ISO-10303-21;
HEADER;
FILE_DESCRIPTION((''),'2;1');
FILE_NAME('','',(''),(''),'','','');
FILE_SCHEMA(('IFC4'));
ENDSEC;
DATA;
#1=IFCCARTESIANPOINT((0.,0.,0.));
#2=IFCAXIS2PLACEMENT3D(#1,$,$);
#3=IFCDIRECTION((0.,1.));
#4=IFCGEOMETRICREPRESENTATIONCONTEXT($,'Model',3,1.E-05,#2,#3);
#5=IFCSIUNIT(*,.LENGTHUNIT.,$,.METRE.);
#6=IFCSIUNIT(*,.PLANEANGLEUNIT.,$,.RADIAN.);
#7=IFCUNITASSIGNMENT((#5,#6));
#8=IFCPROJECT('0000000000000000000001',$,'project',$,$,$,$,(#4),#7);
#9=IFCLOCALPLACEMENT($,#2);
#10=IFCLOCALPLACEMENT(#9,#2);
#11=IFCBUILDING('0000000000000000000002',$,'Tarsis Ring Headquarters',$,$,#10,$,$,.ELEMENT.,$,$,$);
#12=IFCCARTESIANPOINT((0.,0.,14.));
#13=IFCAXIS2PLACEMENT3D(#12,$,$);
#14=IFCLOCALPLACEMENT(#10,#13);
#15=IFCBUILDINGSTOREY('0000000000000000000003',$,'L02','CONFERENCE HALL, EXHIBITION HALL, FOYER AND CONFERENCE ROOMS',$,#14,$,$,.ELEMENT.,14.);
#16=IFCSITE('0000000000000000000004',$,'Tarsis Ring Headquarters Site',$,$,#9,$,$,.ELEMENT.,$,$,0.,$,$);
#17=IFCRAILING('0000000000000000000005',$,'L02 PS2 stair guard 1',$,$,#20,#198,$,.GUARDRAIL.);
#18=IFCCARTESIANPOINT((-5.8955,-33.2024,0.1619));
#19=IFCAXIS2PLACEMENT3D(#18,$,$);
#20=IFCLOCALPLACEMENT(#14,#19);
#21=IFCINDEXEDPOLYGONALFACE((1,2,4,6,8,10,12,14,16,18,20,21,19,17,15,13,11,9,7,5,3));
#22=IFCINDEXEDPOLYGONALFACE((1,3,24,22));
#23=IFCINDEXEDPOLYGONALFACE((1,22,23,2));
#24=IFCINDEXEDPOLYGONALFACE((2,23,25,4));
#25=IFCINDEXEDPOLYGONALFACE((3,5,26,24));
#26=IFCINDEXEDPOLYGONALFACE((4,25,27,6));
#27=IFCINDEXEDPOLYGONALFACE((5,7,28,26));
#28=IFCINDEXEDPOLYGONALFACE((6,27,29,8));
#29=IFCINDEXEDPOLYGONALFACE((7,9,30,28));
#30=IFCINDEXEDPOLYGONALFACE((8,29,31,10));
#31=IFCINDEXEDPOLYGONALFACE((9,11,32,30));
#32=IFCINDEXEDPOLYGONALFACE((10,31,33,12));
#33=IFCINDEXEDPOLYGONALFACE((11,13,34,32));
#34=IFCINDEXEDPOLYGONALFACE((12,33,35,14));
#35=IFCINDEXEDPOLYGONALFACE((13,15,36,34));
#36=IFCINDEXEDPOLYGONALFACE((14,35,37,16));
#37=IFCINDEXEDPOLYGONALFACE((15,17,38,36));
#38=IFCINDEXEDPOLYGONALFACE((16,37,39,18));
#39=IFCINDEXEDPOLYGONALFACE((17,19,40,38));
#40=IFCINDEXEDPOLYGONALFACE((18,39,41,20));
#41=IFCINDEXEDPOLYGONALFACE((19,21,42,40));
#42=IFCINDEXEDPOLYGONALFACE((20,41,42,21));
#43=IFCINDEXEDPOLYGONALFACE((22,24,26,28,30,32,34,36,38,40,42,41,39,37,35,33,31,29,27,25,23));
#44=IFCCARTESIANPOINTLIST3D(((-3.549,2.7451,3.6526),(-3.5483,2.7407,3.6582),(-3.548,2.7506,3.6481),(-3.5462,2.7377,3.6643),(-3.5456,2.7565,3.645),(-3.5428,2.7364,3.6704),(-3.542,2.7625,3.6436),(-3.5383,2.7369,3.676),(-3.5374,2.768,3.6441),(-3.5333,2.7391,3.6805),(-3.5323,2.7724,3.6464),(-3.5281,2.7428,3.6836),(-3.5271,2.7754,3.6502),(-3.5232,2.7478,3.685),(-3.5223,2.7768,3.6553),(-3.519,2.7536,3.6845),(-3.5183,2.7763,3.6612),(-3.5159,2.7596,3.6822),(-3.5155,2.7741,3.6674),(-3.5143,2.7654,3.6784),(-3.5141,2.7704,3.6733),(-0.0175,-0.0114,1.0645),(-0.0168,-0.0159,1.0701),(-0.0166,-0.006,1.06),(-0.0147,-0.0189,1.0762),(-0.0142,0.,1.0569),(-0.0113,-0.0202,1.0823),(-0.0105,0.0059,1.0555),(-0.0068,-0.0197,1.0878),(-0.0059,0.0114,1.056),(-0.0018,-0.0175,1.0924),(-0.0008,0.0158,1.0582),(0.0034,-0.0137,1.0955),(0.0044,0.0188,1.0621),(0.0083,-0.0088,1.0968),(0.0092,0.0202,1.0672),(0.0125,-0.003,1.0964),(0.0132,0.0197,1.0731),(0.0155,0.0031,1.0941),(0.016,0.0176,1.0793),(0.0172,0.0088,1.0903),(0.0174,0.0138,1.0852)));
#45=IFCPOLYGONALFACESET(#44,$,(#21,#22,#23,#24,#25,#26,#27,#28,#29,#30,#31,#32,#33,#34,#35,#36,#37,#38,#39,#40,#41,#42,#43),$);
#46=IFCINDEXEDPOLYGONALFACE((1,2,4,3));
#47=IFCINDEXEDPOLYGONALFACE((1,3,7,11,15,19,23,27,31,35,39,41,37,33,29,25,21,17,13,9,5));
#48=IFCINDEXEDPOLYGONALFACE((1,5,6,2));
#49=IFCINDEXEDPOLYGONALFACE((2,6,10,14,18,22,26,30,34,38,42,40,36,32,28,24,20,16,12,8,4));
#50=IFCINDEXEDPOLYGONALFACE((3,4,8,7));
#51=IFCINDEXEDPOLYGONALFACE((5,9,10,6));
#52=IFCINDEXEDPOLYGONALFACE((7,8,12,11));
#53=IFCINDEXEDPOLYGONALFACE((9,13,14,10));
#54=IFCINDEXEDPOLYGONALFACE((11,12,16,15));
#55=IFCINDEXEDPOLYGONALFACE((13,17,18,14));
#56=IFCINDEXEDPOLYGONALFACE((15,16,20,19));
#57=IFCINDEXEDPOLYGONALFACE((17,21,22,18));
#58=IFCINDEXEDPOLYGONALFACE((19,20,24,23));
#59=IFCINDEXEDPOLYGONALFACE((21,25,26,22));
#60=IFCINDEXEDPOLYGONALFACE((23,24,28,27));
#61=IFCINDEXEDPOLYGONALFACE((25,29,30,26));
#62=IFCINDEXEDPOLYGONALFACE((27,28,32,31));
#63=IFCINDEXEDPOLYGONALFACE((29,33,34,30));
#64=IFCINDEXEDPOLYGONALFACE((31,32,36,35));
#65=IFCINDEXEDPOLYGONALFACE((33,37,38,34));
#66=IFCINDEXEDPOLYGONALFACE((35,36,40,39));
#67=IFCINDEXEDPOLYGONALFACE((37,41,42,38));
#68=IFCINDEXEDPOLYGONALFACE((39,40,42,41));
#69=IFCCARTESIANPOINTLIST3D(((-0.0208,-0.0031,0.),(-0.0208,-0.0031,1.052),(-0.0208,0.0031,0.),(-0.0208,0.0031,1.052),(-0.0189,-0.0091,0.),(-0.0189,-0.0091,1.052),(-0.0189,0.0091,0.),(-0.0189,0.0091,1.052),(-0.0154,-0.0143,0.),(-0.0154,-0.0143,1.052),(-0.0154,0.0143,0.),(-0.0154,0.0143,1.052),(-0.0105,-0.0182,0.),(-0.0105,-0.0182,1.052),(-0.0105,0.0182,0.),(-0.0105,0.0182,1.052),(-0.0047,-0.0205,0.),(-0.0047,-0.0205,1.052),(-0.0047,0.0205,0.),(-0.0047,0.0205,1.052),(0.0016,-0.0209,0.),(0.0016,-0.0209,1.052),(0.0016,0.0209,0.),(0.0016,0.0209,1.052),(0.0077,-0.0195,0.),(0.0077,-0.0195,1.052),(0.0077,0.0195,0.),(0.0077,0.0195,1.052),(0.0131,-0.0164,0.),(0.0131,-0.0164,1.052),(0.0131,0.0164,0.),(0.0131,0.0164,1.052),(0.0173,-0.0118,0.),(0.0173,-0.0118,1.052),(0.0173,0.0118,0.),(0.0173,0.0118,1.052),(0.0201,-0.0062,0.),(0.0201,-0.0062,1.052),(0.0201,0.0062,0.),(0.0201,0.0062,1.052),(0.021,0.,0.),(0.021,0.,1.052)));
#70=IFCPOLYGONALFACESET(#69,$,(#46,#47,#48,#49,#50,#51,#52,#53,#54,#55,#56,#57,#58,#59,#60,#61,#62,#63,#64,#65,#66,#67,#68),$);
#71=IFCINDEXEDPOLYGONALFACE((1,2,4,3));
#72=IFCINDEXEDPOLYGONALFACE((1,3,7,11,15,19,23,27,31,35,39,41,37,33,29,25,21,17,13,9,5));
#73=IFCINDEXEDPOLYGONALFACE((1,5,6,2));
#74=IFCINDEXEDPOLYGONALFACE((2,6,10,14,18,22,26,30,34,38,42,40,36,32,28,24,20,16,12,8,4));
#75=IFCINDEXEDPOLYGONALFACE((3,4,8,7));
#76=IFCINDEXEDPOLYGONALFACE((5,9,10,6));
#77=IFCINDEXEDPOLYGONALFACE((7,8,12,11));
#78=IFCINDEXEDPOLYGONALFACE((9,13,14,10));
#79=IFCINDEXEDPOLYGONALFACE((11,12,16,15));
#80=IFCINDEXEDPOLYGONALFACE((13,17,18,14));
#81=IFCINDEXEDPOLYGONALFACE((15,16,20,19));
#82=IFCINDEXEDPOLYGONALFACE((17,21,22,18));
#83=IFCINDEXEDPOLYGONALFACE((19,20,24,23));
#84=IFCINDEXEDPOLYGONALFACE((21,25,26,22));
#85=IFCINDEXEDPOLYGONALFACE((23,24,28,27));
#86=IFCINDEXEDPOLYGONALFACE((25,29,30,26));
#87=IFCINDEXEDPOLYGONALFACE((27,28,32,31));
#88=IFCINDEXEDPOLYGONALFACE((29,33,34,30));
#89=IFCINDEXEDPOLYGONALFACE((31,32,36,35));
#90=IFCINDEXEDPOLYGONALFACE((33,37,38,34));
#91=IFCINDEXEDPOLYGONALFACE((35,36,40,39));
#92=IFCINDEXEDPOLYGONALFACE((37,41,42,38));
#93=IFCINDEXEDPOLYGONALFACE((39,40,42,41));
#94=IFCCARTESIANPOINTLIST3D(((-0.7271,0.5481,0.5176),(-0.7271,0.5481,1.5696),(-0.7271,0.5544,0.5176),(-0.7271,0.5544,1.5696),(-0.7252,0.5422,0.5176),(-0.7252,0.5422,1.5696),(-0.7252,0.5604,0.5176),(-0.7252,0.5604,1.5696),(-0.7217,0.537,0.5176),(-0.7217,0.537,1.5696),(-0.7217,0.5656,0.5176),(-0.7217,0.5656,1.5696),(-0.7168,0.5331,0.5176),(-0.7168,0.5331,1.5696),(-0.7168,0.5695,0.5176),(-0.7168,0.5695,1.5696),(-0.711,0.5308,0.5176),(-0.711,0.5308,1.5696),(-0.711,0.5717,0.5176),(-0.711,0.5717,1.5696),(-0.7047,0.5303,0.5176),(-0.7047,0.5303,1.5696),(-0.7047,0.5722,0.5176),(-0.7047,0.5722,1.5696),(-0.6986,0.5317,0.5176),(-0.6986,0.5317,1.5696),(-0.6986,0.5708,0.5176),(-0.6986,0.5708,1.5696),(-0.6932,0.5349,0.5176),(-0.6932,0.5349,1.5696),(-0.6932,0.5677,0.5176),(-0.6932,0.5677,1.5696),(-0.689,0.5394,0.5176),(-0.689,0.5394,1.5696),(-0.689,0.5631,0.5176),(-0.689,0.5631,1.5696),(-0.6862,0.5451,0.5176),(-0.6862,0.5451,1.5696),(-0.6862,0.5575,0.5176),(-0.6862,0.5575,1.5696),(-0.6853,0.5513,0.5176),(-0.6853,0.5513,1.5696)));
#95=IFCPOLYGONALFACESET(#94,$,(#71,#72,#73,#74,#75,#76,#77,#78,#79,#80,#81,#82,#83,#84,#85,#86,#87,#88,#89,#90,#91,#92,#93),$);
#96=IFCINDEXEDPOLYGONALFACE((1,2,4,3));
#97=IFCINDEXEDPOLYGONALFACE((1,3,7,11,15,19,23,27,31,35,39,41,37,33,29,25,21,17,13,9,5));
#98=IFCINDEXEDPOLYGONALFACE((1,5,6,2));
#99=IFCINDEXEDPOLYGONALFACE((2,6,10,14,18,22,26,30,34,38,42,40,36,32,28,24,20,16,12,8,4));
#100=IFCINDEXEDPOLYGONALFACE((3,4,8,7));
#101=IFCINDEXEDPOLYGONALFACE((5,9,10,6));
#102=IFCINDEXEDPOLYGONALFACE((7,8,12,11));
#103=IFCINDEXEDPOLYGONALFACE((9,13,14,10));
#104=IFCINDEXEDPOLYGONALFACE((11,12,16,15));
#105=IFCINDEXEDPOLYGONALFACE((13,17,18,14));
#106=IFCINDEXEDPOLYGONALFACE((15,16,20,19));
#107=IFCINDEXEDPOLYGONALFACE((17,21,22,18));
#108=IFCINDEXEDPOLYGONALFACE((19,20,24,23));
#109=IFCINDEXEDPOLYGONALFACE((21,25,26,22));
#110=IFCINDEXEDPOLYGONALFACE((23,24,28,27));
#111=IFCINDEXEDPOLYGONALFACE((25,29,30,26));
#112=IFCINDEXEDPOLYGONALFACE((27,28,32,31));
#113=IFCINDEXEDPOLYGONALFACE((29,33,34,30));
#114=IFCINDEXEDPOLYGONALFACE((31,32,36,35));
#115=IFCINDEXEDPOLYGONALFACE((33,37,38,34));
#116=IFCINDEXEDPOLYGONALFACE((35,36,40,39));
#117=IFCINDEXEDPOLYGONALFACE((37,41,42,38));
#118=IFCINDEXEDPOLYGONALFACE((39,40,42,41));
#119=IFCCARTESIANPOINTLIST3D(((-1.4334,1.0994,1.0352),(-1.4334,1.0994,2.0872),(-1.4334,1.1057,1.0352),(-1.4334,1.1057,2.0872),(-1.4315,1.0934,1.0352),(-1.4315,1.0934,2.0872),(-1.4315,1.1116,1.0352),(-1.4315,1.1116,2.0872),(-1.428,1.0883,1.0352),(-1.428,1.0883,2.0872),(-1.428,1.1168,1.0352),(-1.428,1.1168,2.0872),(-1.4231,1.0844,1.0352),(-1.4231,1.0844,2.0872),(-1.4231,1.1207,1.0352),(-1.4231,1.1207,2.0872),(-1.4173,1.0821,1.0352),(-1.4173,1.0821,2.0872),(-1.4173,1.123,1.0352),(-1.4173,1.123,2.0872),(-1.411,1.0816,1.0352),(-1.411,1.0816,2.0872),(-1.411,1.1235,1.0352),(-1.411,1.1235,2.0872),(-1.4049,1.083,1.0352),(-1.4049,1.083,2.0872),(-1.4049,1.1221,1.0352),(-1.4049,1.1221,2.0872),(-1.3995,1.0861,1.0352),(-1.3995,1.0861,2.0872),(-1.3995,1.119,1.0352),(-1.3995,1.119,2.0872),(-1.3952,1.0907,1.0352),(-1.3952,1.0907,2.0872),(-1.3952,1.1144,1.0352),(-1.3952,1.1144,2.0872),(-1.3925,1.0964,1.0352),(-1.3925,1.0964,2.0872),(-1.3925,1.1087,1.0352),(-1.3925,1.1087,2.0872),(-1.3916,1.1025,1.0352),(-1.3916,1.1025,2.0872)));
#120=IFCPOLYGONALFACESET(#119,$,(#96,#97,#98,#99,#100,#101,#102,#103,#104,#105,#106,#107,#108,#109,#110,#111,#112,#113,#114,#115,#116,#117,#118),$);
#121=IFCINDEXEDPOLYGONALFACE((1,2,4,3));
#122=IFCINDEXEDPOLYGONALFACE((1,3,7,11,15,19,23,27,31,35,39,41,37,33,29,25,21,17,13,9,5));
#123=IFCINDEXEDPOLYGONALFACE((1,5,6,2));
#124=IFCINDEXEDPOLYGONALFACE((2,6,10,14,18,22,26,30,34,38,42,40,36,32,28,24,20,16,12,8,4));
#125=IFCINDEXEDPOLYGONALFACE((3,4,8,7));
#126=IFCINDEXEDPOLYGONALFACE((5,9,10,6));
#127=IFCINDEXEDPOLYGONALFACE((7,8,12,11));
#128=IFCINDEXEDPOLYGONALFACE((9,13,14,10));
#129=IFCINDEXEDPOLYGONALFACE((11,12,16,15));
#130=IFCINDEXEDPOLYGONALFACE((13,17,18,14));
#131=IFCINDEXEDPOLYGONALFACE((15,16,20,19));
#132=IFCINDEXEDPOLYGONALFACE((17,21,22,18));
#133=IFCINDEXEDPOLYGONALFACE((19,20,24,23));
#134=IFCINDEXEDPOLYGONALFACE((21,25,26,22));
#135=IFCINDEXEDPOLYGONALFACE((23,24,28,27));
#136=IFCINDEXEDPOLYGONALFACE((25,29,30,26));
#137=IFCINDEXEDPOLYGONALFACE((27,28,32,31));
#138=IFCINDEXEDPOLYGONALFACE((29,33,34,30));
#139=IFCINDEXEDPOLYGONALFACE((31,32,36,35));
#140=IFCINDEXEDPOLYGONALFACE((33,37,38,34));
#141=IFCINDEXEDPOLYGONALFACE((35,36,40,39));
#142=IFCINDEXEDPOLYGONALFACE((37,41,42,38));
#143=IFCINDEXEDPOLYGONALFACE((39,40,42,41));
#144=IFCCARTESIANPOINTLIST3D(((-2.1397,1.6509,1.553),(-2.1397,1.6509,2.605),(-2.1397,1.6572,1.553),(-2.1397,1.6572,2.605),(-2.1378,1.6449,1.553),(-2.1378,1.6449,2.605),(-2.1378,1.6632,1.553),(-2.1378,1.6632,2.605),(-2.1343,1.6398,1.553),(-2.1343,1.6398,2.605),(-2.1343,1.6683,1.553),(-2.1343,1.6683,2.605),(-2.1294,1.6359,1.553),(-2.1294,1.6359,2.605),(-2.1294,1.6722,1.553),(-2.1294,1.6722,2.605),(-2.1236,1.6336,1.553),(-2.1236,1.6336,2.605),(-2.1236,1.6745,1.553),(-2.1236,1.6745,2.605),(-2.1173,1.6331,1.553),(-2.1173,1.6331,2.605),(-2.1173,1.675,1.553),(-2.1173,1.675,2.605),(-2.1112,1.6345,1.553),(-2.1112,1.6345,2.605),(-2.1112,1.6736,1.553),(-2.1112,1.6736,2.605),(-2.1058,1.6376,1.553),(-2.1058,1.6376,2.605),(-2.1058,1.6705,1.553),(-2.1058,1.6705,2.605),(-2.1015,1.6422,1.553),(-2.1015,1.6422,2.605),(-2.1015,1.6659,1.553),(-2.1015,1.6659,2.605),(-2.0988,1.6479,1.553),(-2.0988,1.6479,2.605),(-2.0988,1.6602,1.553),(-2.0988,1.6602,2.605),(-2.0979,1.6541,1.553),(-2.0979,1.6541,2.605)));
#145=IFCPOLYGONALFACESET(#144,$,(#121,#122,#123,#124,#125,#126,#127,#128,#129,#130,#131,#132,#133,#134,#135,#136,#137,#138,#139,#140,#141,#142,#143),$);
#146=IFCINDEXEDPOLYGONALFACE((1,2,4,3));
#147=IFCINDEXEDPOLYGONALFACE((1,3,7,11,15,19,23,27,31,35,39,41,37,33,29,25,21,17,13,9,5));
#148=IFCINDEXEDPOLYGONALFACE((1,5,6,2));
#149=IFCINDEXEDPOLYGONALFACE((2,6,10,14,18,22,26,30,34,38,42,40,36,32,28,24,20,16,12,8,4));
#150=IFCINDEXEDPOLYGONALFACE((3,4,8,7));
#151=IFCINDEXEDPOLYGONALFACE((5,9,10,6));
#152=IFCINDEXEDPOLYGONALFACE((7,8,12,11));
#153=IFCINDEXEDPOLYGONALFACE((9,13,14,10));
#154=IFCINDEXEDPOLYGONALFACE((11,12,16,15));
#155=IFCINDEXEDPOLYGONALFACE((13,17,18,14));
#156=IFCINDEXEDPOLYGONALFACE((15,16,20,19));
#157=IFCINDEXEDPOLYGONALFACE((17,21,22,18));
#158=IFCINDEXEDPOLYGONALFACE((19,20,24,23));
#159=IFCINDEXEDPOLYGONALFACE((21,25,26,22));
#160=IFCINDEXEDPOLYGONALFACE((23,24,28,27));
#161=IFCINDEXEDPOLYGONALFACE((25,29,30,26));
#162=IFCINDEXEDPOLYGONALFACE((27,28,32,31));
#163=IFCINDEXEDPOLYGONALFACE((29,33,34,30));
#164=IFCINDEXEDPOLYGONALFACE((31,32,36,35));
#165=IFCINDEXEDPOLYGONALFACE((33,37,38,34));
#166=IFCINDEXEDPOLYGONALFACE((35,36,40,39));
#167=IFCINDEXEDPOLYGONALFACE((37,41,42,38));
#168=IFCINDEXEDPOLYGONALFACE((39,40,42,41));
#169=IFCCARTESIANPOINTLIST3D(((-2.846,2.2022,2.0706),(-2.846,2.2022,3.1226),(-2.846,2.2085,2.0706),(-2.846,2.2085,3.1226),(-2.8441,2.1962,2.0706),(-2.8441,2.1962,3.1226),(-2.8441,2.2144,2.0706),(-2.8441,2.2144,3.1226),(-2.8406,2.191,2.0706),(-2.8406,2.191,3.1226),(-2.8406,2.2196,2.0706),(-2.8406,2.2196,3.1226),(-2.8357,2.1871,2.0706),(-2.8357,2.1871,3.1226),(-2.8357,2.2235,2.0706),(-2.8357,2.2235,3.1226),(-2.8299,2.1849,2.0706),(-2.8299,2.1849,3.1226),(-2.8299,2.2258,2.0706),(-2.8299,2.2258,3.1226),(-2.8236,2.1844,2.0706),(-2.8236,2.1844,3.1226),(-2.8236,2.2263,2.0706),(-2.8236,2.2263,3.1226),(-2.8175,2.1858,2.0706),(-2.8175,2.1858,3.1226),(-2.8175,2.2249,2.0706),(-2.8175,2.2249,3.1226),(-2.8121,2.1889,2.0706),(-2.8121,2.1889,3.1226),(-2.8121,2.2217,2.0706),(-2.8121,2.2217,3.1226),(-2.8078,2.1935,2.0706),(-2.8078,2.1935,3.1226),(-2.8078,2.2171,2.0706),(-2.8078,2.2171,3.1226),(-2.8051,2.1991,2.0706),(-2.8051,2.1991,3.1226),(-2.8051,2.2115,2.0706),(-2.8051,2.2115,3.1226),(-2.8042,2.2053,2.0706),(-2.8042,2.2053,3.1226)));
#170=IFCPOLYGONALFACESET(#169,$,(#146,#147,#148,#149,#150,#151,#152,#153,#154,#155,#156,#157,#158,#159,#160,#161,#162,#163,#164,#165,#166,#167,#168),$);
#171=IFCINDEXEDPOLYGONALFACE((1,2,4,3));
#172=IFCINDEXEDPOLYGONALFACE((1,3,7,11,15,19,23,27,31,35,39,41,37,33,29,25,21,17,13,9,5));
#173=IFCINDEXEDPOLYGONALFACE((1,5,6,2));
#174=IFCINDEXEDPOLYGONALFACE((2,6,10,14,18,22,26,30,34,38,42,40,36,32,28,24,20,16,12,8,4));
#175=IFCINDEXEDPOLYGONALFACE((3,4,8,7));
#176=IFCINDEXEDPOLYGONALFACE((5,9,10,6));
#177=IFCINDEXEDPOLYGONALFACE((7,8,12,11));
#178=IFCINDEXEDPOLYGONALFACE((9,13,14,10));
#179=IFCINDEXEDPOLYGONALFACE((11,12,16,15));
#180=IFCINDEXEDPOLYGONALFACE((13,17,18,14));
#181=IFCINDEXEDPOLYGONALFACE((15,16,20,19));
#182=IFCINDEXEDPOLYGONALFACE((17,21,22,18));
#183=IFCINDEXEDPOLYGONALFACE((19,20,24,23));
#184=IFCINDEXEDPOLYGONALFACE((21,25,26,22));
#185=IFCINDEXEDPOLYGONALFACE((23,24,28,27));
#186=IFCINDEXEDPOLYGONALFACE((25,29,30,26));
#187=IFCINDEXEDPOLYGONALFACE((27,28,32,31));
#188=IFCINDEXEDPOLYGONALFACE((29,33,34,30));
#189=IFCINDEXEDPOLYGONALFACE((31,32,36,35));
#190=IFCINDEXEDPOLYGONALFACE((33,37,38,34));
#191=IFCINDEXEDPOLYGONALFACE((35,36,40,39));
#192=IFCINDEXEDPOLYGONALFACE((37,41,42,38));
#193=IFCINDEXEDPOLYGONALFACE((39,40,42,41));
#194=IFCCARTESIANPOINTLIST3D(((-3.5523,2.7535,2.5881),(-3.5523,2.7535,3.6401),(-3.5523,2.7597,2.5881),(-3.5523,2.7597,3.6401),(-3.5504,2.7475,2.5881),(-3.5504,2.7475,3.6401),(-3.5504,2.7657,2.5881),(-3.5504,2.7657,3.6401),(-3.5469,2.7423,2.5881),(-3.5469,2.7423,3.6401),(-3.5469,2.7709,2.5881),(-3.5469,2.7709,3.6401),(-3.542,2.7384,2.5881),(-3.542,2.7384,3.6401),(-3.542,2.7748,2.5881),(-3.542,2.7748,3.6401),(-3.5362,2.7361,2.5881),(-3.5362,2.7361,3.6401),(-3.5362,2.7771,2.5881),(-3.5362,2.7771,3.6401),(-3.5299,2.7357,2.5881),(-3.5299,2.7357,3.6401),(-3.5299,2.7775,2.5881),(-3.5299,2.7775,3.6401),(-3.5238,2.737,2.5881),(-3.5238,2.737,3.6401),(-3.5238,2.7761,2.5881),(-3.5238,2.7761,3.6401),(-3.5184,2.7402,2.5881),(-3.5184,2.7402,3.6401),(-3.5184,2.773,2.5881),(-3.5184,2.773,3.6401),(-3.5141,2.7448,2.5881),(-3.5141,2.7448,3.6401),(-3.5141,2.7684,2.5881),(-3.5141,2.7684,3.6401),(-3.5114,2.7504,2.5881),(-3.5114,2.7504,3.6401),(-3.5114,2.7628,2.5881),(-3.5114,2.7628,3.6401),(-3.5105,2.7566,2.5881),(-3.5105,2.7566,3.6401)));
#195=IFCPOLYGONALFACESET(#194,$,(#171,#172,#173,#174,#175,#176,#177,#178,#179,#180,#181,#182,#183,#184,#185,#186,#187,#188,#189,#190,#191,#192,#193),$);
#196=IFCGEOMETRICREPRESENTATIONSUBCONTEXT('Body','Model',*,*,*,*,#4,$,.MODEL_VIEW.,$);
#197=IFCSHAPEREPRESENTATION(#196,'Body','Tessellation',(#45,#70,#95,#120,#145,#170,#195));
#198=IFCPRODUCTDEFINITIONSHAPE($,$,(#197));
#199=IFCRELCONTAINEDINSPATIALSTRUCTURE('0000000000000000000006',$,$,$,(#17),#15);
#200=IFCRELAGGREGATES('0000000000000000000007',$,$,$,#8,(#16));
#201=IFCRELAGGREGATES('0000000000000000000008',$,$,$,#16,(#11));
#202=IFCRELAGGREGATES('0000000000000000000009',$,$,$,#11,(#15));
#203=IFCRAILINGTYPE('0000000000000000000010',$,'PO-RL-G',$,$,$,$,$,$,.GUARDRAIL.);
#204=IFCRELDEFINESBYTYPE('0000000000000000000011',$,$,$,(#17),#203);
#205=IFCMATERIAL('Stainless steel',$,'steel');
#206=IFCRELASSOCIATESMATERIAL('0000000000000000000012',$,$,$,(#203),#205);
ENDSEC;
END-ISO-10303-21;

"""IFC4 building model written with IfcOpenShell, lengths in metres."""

from ifc_helpers import new_model, si_unit, direction, frame, origin, origin_2d, place, context, subcontext, project, spatial, circle, extrude, material, type_object, element, save


model = new_model("IFC4")

# Units and contexts
model_context = context("Model", 3, precision=1e-05, world=origin(), true_north=direction((0.0, 1.0)))
body_context = subcontext(model_context, "Body", "Model", "MODEL_VIEW")
ifc_project = project(units=[si_unit("LENGTHUNIT", "METRE"), si_unit("PLANEANGLEUNIT", "RADIAN")], contexts=[model_context])

# Site, building, storey
site_placement = place(None, origin())
site = spatial("IfcSite", under=ifc_project, at=site_placement, Name="Tarsis Ring Headquarters Site", CompositionType="ELEMENT", RefElevation=0.0)
building_placement = place(site_placement, origin())
building = spatial("IfcBuilding", under=site, at=building_placement, Name="Tarsis Ring Headquarters", CompositionType="ELEMENT")
storey_placement = place(building_placement, frame((0.0, 0.0, 14.0)))
storey = spatial("IfcBuildingStorey", under=building, at=storey_placement, Name="L02", Description="CONFERENCE HALL, EXHIBITION HALL, FOYER AND CONFERENCE ROOMS", CompositionType="ELEMENT", Elevation=14.0)

# Railing
ifc_material_1 = material(Name="Stainless steel", Category="steel")
railing_type_1 = type_object("IfcRailingType", Name="PO-RL-G", PredefinedType="GUARDRAIL", material=ifc_material_1)
railing_1_placement = place(storey_placement, frame((-5.8955, -33.2024, 0.1619)))
element("IfcRailing", 1, at=railing_1_placement, inside=storey, type_object=railing_type_1, Name="L02 PS2 stair guard 1", PredefinedType="GUARDRAIL", context=body_context, shape_type="SweptSolid", body=[
    extrude(circle(Radius=0.0239, at=origin_2d()), frame((0.0, 0.0, 1.0762), z_axis=(-0.682566, 0.532793, 0.500234), x_axis=(-0.615313, -0.788283, 0.0)), (0.0, 0.0, 1.0), 5.1738),
    extrude(circle(Radius=0.021, at=origin_2d()), origin(), (0.0, 0.0, 1.0), 1.052),
    extrude(circle(Radius=0.021, at=origin_2d()), frame((-0.7063, 0.5513, 0.5176)), (0.0, 0.0, 1.0), 1.052),
    extrude(circle(Radius=0.021, at=origin_2d()), frame((-1.4126, 1.1025, 1.0352)), (0.0, 0.0, 1.0), 1.052),
    extrude(circle(Radius=0.021, at=origin_2d()), frame((-2.1189, 1.6541, 1.553)), (0.0, 0.0, 1.0), 1.052),
    extrude(circle(Radius=0.021, at=origin_2d()), frame((-2.8252, 2.2053, 2.0706)), (0.0, 0.0, 1.0), 1.052),
    extrude(circle(Radius=0.021, at=origin_2d()), frame((-3.5315, 2.7566, 2.5881)), (0.0, 0.0, 1.0), 1.052),
])

save(model, "model.ifc")
